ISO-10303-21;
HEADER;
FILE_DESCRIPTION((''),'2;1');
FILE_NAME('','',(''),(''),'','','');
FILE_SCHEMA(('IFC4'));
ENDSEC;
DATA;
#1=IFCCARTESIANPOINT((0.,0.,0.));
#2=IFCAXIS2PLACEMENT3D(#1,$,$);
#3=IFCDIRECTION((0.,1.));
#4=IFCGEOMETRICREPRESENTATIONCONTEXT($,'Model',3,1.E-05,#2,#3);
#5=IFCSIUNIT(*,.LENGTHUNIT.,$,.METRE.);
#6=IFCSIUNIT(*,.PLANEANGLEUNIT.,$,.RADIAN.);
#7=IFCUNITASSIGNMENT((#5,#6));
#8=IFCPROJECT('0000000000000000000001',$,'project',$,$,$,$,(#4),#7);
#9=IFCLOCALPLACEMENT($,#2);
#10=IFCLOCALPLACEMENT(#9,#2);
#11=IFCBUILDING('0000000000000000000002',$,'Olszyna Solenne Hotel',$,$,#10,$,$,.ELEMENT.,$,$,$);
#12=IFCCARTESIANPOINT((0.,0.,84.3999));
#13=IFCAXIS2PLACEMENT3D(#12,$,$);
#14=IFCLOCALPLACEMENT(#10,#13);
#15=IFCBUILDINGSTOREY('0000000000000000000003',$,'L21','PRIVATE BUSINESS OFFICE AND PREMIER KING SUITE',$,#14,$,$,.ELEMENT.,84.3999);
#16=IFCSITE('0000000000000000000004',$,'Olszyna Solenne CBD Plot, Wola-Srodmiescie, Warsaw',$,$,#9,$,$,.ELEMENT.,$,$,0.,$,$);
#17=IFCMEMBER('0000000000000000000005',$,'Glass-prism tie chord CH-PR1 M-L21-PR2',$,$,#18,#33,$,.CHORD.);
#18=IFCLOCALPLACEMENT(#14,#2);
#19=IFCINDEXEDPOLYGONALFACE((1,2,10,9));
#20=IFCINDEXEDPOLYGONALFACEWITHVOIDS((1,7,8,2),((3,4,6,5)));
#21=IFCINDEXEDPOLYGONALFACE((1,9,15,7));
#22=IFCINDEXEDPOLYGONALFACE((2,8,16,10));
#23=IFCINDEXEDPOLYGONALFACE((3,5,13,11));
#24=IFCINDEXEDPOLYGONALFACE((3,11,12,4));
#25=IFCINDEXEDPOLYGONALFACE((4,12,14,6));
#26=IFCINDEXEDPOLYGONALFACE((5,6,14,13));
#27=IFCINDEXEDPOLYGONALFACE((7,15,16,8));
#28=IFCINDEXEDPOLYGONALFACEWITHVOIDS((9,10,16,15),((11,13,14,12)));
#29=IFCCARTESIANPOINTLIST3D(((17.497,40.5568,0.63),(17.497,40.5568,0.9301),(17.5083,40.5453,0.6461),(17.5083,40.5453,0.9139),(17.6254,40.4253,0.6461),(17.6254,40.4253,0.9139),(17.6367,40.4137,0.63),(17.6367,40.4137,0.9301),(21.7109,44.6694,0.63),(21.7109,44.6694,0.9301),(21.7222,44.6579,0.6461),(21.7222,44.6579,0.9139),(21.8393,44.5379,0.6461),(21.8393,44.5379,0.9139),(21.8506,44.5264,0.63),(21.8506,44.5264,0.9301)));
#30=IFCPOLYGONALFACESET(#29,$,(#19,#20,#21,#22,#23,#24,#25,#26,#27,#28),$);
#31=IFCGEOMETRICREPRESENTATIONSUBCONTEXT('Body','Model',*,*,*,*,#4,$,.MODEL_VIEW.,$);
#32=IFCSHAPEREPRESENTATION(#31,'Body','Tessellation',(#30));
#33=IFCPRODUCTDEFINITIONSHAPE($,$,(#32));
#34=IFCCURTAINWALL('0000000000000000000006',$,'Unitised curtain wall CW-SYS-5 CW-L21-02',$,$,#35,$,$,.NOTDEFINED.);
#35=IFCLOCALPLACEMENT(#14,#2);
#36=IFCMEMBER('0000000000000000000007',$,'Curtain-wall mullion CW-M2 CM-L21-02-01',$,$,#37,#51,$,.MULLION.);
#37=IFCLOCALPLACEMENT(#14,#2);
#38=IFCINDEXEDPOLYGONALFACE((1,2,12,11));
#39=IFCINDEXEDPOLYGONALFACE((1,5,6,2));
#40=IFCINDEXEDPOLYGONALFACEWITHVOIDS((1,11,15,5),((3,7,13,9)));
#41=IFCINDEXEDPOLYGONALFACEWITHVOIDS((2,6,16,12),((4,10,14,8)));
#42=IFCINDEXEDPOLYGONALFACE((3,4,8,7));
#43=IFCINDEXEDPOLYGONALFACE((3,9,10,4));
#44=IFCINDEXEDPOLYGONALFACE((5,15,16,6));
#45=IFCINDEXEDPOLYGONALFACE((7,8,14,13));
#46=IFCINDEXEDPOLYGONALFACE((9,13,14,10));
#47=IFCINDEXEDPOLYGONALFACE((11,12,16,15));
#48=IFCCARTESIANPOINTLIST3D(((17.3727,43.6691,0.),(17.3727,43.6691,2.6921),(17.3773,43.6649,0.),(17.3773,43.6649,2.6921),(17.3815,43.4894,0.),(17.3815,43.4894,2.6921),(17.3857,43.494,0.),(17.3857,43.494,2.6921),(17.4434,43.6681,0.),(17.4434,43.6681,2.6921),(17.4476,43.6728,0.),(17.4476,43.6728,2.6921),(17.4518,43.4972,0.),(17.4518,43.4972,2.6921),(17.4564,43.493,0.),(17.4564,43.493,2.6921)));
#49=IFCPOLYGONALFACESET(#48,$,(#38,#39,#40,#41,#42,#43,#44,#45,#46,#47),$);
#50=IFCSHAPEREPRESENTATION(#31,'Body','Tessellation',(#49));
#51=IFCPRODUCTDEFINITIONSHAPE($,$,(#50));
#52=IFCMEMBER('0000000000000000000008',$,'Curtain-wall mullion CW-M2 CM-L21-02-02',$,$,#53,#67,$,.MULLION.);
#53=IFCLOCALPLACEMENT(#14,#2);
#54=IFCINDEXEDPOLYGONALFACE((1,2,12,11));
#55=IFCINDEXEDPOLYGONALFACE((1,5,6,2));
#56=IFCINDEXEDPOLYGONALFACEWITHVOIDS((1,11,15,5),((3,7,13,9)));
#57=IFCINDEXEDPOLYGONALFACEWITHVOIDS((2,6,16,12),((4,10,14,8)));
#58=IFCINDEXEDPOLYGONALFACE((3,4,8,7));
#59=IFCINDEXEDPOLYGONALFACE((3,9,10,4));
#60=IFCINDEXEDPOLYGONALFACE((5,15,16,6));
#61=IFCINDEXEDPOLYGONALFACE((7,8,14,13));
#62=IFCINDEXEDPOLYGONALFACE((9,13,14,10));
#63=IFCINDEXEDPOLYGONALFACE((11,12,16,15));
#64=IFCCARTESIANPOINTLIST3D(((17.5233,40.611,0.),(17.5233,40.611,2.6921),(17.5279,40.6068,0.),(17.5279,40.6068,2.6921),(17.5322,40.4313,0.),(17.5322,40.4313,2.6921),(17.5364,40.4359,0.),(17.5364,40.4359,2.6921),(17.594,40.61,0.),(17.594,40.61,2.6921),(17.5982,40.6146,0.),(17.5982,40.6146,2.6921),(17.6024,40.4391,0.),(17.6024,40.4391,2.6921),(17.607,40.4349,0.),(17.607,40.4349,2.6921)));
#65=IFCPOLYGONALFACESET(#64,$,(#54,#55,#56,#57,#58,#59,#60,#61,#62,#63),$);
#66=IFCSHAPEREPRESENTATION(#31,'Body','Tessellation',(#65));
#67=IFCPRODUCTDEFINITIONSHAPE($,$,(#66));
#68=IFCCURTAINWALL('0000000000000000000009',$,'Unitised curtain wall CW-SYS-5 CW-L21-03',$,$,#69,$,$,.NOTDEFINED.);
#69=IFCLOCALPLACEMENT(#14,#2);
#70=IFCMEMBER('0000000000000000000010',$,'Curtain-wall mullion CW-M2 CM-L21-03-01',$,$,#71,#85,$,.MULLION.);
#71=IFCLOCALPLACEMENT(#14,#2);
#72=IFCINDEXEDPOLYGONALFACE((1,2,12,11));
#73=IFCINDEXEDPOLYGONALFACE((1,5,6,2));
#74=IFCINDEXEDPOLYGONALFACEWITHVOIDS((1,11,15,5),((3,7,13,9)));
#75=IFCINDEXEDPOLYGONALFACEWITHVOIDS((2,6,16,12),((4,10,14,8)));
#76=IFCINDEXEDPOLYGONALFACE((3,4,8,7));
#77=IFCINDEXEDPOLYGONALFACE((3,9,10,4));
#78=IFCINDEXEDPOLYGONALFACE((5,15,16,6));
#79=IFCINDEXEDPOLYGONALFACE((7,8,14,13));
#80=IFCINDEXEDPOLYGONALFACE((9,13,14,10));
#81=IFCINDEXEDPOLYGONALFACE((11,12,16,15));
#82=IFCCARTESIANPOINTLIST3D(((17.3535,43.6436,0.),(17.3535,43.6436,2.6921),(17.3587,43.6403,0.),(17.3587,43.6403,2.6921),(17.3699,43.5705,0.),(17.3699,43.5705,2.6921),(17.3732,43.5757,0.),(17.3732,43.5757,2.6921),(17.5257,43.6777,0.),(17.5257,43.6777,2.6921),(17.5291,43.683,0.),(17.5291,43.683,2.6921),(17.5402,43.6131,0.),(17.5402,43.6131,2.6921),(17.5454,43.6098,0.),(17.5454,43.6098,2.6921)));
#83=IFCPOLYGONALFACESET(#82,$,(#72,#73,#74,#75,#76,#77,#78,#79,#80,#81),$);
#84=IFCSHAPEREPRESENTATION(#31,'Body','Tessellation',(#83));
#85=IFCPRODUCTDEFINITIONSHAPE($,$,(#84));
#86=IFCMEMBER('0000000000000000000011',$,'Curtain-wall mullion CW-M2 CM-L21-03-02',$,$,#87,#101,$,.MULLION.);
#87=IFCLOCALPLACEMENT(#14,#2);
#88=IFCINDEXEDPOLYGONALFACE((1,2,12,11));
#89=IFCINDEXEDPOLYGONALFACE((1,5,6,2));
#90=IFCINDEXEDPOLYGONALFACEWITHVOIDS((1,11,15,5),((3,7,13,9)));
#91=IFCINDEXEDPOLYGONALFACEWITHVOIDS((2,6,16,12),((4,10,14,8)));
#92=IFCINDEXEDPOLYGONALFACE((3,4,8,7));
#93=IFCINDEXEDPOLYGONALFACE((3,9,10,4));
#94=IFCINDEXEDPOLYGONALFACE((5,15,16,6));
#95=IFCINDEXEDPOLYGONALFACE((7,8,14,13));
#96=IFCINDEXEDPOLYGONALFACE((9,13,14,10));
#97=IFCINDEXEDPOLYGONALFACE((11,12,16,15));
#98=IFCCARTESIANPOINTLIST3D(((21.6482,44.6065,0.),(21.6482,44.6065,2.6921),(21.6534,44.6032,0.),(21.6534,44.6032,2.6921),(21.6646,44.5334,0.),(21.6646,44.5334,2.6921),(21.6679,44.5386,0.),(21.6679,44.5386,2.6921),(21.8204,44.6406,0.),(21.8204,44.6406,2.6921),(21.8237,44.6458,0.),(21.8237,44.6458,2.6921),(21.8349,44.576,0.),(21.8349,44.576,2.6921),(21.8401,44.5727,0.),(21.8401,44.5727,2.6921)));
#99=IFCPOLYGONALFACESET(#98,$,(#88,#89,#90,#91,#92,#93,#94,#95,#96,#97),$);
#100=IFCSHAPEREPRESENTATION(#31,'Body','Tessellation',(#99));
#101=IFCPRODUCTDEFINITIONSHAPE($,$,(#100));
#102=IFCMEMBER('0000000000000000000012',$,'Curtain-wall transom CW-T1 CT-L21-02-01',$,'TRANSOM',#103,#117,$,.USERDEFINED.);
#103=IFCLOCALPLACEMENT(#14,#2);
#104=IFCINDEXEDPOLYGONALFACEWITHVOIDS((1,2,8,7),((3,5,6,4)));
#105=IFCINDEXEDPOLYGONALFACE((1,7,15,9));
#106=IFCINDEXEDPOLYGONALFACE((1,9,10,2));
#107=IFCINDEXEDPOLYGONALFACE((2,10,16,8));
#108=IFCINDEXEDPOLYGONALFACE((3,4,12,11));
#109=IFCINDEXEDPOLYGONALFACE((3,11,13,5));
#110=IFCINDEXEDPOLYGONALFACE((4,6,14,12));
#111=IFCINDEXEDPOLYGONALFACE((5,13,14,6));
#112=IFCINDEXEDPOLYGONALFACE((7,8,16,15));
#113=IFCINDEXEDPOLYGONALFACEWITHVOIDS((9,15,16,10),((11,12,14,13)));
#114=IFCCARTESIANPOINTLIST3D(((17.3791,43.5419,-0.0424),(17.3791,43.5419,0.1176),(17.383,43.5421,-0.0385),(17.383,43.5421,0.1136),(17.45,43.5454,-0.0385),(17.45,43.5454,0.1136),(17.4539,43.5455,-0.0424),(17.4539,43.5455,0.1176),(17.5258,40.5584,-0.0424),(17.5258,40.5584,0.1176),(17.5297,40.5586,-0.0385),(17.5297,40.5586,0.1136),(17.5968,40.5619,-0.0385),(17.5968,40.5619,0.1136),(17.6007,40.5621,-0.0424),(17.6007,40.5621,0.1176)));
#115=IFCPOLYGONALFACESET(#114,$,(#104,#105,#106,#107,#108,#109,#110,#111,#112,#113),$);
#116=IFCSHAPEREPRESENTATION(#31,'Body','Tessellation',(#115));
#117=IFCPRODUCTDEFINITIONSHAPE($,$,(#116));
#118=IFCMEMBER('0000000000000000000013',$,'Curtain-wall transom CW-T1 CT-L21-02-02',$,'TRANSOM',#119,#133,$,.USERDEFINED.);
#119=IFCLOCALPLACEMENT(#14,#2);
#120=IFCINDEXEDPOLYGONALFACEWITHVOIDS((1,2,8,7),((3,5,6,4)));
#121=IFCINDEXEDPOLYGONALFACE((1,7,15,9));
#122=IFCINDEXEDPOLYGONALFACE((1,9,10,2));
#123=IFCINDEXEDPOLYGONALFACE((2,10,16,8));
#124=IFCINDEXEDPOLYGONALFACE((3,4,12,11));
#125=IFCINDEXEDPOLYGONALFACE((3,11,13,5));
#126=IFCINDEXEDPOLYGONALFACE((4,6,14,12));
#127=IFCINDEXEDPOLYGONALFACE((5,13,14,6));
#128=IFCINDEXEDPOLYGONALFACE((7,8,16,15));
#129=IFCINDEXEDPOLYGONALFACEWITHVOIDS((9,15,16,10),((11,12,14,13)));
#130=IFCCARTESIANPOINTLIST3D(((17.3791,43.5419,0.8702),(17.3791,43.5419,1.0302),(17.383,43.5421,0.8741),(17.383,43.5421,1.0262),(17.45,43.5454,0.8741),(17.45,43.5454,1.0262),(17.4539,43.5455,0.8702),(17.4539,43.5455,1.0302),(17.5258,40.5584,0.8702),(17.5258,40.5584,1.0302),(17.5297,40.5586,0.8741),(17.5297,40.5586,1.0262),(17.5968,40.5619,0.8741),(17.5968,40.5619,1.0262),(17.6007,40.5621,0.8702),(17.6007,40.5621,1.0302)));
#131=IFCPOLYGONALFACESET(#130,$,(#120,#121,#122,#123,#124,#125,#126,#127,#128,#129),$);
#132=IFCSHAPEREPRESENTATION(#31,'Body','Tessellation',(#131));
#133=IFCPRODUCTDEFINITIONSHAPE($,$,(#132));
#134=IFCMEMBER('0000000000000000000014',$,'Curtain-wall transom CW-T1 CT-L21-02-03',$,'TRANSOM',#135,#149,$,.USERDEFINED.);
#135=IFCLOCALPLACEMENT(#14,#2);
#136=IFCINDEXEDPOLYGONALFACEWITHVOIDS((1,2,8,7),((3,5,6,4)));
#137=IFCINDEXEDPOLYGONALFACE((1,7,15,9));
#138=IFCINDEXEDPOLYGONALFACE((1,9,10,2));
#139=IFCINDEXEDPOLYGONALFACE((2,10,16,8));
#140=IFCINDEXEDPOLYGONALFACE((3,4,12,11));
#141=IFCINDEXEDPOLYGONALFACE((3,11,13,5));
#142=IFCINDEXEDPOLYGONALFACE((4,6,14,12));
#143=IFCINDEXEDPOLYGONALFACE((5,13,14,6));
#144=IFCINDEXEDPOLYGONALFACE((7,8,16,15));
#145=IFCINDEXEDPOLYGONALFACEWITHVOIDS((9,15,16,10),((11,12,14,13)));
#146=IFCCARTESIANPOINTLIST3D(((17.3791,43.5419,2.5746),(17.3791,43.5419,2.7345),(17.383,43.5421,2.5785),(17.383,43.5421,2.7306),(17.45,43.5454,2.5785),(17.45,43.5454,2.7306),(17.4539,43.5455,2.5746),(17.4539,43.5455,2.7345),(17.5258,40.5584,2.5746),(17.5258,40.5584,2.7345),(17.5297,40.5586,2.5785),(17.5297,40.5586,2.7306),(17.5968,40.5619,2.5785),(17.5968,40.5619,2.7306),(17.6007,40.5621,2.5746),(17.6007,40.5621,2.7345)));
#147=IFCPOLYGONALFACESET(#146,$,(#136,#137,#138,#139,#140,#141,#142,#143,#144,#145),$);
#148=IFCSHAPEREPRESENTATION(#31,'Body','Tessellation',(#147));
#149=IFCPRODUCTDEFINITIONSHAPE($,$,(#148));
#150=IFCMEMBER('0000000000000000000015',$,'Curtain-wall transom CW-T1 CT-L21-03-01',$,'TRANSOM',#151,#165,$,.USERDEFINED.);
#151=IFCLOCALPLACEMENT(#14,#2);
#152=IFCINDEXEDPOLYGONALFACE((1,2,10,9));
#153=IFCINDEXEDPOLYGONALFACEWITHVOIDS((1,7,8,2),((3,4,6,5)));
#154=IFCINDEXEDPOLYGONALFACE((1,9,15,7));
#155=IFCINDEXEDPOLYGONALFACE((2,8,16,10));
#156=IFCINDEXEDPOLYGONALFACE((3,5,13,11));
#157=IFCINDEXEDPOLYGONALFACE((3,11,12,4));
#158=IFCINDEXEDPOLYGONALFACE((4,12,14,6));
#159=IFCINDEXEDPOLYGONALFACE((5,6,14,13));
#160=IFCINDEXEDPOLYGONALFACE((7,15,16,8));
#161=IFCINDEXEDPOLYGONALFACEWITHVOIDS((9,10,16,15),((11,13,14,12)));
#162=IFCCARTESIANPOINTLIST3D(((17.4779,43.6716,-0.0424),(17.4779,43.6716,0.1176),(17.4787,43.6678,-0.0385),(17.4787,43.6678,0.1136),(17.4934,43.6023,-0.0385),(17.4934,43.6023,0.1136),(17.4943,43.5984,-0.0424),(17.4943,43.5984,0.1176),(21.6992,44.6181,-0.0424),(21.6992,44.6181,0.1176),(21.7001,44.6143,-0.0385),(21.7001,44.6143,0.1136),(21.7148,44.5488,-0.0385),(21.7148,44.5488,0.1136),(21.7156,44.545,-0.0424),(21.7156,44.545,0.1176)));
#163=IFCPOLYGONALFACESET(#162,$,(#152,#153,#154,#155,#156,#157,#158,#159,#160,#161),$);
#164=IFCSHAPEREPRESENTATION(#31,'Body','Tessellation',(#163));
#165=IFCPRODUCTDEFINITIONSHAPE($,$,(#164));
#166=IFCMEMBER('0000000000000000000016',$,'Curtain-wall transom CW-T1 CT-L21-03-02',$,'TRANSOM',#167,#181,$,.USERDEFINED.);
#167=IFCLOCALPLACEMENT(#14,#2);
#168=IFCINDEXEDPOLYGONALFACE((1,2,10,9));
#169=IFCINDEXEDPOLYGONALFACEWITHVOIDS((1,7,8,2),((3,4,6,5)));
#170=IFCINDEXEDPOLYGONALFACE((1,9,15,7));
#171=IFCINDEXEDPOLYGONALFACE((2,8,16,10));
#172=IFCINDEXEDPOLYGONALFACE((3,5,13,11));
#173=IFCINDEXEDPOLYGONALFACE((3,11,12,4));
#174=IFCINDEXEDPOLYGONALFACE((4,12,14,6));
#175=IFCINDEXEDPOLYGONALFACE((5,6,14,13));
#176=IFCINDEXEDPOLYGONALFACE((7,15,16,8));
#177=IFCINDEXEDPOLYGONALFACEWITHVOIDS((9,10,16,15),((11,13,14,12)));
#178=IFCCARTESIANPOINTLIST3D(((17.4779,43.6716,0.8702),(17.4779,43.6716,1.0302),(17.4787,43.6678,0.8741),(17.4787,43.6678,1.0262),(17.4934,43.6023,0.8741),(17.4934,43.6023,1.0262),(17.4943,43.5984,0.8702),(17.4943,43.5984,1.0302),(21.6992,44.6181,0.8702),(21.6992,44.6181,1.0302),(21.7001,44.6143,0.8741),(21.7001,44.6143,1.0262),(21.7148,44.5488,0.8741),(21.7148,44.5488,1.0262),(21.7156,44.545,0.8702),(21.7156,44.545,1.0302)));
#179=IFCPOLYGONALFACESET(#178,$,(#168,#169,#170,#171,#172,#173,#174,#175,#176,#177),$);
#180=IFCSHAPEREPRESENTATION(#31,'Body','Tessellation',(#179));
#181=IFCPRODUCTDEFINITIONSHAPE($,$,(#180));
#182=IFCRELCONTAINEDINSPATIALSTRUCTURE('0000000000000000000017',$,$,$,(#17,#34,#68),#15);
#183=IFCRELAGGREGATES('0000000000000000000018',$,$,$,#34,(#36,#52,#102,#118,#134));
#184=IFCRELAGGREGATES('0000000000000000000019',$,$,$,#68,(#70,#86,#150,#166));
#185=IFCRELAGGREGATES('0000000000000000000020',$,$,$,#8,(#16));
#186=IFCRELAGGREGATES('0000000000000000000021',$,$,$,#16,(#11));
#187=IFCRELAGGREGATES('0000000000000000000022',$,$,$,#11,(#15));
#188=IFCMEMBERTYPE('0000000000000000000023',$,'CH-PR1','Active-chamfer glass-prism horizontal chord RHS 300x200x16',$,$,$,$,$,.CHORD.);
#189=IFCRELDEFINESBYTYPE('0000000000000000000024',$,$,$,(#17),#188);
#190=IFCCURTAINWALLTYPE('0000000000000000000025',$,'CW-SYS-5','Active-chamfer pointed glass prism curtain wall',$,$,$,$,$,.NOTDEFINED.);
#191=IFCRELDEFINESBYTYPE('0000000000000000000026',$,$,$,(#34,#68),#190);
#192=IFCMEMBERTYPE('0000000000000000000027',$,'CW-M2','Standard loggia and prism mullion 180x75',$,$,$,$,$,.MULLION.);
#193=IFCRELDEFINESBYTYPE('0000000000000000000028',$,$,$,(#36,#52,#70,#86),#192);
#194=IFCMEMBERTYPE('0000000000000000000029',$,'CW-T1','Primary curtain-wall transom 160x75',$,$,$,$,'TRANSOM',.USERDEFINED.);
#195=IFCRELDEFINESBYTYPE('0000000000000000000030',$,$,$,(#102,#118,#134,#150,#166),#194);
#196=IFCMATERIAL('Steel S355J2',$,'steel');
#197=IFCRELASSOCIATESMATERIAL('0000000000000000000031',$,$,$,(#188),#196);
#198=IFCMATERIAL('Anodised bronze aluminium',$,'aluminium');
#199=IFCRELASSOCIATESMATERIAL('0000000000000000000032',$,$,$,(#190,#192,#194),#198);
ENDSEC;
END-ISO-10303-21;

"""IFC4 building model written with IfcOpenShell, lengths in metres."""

from ifc_helpers import new_model, si_unit, direction, frame, origin, origin_2d, place, context, subcontext, project, spatial, hollow_rectangle, extrude, source, transform, mapped, material, material_profile, profile_set, type_object, element, aggregate, save


model = new_model("IFC4")

# Units and contexts
model_context = context("Model", 3, precision=1e-05, world=origin(), true_north=direction((0.0, 1.0)))
body_context = subcontext(model_context, "Body", "Model", "MODEL_VIEW")
ifc_project = project(units=[si_unit("LENGTHUNIT", "METRE"), si_unit("PLANEANGLEUNIT", "RADIAN")], contexts=[model_context])

# Site, building, storey
site_placement = place(None, origin())
site = spatial("IfcSite", under=ifc_project, at=site_placement, Name="Olszyna Solenne CBD Plot, Wola-Srodmiescie, Warsaw", CompositionType="ELEMENT", RefElevation=0.0)
building_placement = place(site_placement, origin())
building = spatial("IfcBuilding", under=site, at=building_placement, Name="Olszyna Solenne Hotel", CompositionType="ELEMENT")
storey_placement = place(building_placement, frame((0.0, 0.0, 84.3999)))
storey = spatial("IfcBuildingStorey", under=building, at=storey_placement, Name="L21", Description="PRIVATE BUSINESS OFFICE AND PREMIER KING SUITE", CompositionType="ELEMENT", Elevation=84.3999)

# Shared definitions
ifc_material_1 = material(Name="Steel S355J2", Category="steel")

# Member
ifc_material_profile_1 = material_profile(ifc_material_1, hollow_rectangle(XDim=0.2, YDim=0.3, WallThickness=0.0161, at=origin_2d()), Name="RHS 300x200x16", Category="load-bearing")
ifc_profile_set_1 = profile_set([ifc_material_profile_1], Name="Steel S355J2")
member_type_1 = type_object("IfcMemberType", Name="CH-PR1", Description="Active-chamfer glass-prism horizontal chord RHS 300x200x16", PredefinedType="CHORD", material=ifc_profile_set_1)
shared_shape_1 = source(origin(), body_context, "Body", "SweptSolid", [
    extrude(hollow_rectangle(XDim=0.2, YDim=0.3, WallThickness=0.0161, at=origin_2d()), origin(), (0.0, 0.0, 1.0), 5.8882),
])
for number, where, z_axis, x_axis, name in (
    (1, (21.7808, 44.5979, 0.78), (-0.715658, -0.698451, 0.0), (0.698451, -0.715658, 0.0), "Glass-prism tie chord CH-PR1 M-L21-PR2"),
):
    element("IfcMember", number, at=place(storey_placement, frame(where, z_axis=z_axis, x_axis=x_axis)), inside=storey, type_object=member_type_1, Name=name, PredefinedType="CHORD", context=body_context, shape_type="MappedRepresentation", body=[
        mapped(shared_shape_1, transform((0.0, 0.0, 0.0), x_axis=(1.0, 0.0, 0.0), y_axis=(0.0, 1.0, 0.0), z_axis=(0.0, 0.0, 1.0), scale=1.0)),
    ])

# Curtain walls, members
ifc_material_2 = material(Name="Anodised bronze aluminium", Category="aluminium")
curtain_wall_type = type_object("IfcCurtainWallType", Name="CW-SYS-5", Description="Active-chamfer pointed glass prism curtain wall", PredefinedType="NOTDEFINED", material=ifc_material_2)
curtain_wall_1_placement = place(storey_placement, origin())
curtain_wall_1 = element("IfcCurtainWall", 2, at=curtain_wall_1_placement, inside=storey, type_object=curtain_wall_type, Name="Unitised curtain wall CW-SYS-5 CW-L21-02", PredefinedType="NOTDEFINED")
ifc_material_profile_2 = material_profile(ifc_material_2, hollow_rectangle(XDim=0.075, YDim=0.1799, WallThickness=0.0044, at=origin_2d()), Name="MULL 180x75x4.5", Category="load-bearing")
ifc_profile_set_2 = profile_set([ifc_material_profile_2], Name="Anodised bronze aluminium")
member_type_2 = type_object("IfcMemberType", Name="CW-M2", Description="Standard loggia and prism mullion 180x75", PredefinedType="MULLION", material=ifc_profile_set_2)
shared_shape_2 = source(origin(), body_context, "Body", "SweptSolid", [
    extrude(hollow_rectangle(XDim=0.075, YDim=0.1799, WallThickness=0.0044, at=origin_2d()), origin(), (0.0, 0.0, 1.0), 2.6921),
])
member_1_placement = place(storey_placement, frame((17.4146, 43.5811, 0.0), z_axis=(0.0, 0.0, 1.0), x_axis=(0.998791, 0.049155, 0.0)))
member_1 = element("IfcMember", 3, at=member_1_placement, type_object=member_type_2, Name="Curtain-wall mullion CW-M2 CM-L21-02-01", PredefinedType="MULLION", context=body_context, shape_type="MappedRepresentation", body=[
    mapped(shared_shape_2, transform((0.0, 0.0, 0.0), x_axis=(1.0, 0.0, 0.0), y_axis=(0.0, 1.0, 0.0), z_axis=(0.0, 0.0, 1.0), scale=1.0)),
])
member_2_placement = place(storey_placement, frame((17.5652, 40.5229, 0.0), z_axis=(0.0, 0.0, 1.0), x_axis=(0.998791, 0.049155, 0.0)))
member_2 = element("IfcMember", 4, at=member_2_placement, type_object=member_type_2, Name="Curtain-wall mullion CW-M2 CM-L21-02-02", PredefinedType="MULLION", context=body_context, shape_type="MappedRepresentation", body=[
    mapped(shared_shape_2, transform((0.0, 0.0, 0.0), x_axis=(1.0, 0.0, 0.0), y_axis=(0.0, 1.0, 0.0), z_axis=(0.0, 0.0, 1.0), scale=1.0)),
])
curtain_wall_2_placement = place(storey_placement, origin())
curtain_wall_2 = element("IfcCurtainWall", 5, at=curtain_wall_2_placement, inside=storey, type_object=curtain_wall_type, Name="Unitised curtain wall CW-SYS-5 CW-L21-03", PredefinedType="NOTDEFINED")
member_3_placement = place(storey_placement, frame((17.4495, 43.6267, 0.0), z_axis=(0.0, 0.0, 1.0), x_axis=(-0.218768, 0.975777, 0.0)))
member_3 = element("IfcMember", 6, at=member_3_placement, type_object=member_type_2, Name="Curtain-wall mullion CW-M2 CM-L21-03-01", PredefinedType="MULLION", context=body_context, shape_type="MappedRepresentation", body=[
    mapped(shared_shape_2, transform((0.0, 0.0, 0.0), x_axis=(1.0, 0.0, 0.0), y_axis=(0.0, 1.0, 0.0), z_axis=(0.0, 0.0, 1.0), scale=1.0)),
])
member_4_placement = place(storey_placement, frame((21.7441, 44.5896, 0.0), z_axis=(0.0, 0.0, 1.0), x_axis=(-0.218768, 0.975777, 0.0)))
member_4 = element("IfcMember", 7, at=member_4_placement, type_object=member_type_2, Name="Curtain-wall mullion CW-M2 CM-L21-03-02", PredefinedType="MULLION", context=body_context, shape_type="MappedRepresentation", body=[
    mapped(shared_shape_2, transform((0.0, 0.0, 0.0), x_axis=(1.0, 0.0, 0.0), y_axis=(0.0, 1.0, 0.0), z_axis=(0.0, 0.0, 1.0), scale=1.0)),
])

# Members
ifc_material_profile_3 = material_profile(ifc_material_2, hollow_rectangle(XDim=0.075, YDim=0.1599, WallThickness=0.0039, at=origin_2d()), Name="TRAN 160x75x4", Category="load-bearing")
ifc_profile_set_3 = profile_set([ifc_material_profile_3], Name="Anodised bronze aluminium")
member_type_3 = type_object("IfcMemberType", Name="CW-T1", Description="Primary curtain-wall transom 160x75", ElementType="TRANSOM", PredefinedType="USERDEFINED", material=ifc_profile_set_3)
shared_shape_3 = source(origin(), body_context, "Body", "SweptSolid", [
    extrude(hollow_rectangle(XDim=0.075, YDim=0.1599, WallThickness=0.0039, at=origin_2d()), origin(), (0.0, 0.0, 1.0), 2.9871),
])
member_5_placement = place(storey_placement, frame((17.4165, 43.5437, 0.0376), z_axis=(0.049122, -0.998793, 0.0), x_axis=(0.998793, 0.049122, 0.0)))
member_5 = element("IfcMember", 8, at=member_5_placement, type_object=member_type_3, Name="Curtain-wall transom CW-T1 CT-L21-02-01", ObjectType="TRANSOM", PredefinedType="USERDEFINED", context=body_context, shape_type="MappedRepresentation", body=[
    mapped(shared_shape_3, transform((0.0, 0.0, 0.0), x_axis=(1.0, 0.0, 0.0), y_axis=(0.0, 1.0, 0.0), z_axis=(0.0, 0.0, 1.0), scale=1.0)),
])
member_6_placement = place(storey_placement, frame((17.4165, 43.5437, 0.9502), z_axis=(0.049122, -0.998793, 0.0), x_axis=(0.998793, 0.049122, 0.0)))
member_6 = element("IfcMember", 9, at=member_6_placement, type_object=member_type_3, Name="Curtain-wall transom CW-T1 CT-L21-02-02", ObjectType="TRANSOM", PredefinedType="USERDEFINED", context=body_context, shape_type="MappedRepresentation", body=[
    mapped(shared_shape_3, transform((0.0, 0.0, 0.0), x_axis=(1.0, 0.0, 0.0), y_axis=(0.0, 1.0, 0.0), z_axis=(0.0, 0.0, 1.0), scale=1.0)),
])
member_7_placement = place(storey_placement, frame((17.4165, 43.5437, 2.6545), z_axis=(0.049122, -0.998793, 0.0), x_axis=(0.998793, 0.049122, 0.0)))
member_7 = element("IfcMember", 10, at=member_7_placement, type_object=member_type_3, Name="Curtain-wall transom CW-T1 CT-L21-02-03", ObjectType="TRANSOM", PredefinedType="USERDEFINED", context=body_context, shape_type="MappedRepresentation", body=[
    mapped(shared_shape_3, transform((0.0, 0.0, 0.0), x_axis=(1.0, 0.0, 0.0), y_axis=(0.0, 1.0, 0.0), z_axis=(0.0, 0.0, 1.0), scale=1.0)),
])
shared_shape_4 = source(origin(), body_context, "Body", "SweptSolid", [
    extrude(hollow_rectangle(XDim=0.075, YDim=0.1599, WallThickness=0.0039, at=origin_2d()), origin(), (0.0, 0.0, 1.0), 4.3262),
])
member_8_placement = place(storey_placement, frame((17.4861, 43.635, 0.0376), z_axis=(0.975772, 0.218788, 0.0), x_axis=(-0.218788, 0.975772, 0.0)))
member_8 = element("IfcMember", 11, at=member_8_placement, type_object=member_type_3, Name="Curtain-wall transom CW-T1 CT-L21-03-01", ObjectType="TRANSOM", PredefinedType="USERDEFINED", context=body_context, shape_type="MappedRepresentation", body=[
    mapped(shared_shape_4, transform((0.0, 0.0, 0.0), x_axis=(1.0, 0.0, 0.0), y_axis=(0.0, 1.0, 0.0), z_axis=(0.0, 0.0, 1.0), scale=1.0)),
])
member_9_placement = place(storey_placement, frame((17.4861, 43.635, 0.9502), z_axis=(0.975772, 0.218788, 0.0), x_axis=(-0.218788, 0.975772, 0.0)))
member_9 = element("IfcMember", 12, at=member_9_placement, type_object=member_type_3, Name="Curtain-wall transom CW-T1 CT-L21-03-02", ObjectType="TRANSOM", PredefinedType="USERDEFINED", context=body_context, shape_type="MappedRepresentation", body=[
    mapped(shared_shape_4, transform((0.0, 0.0, 0.0), x_axis=(1.0, 0.0, 0.0), y_axis=(0.0, 1.0, 0.0), z_axis=(0.0, 0.0, 1.0), scale=1.0)),
])

aggregate(curtain_wall_1, [member_1, member_2, member_5, member_6, member_7])
aggregate(curtain_wall_2, [member_3, member_4, member_8, member_9])

save(model, "model.ifc")
